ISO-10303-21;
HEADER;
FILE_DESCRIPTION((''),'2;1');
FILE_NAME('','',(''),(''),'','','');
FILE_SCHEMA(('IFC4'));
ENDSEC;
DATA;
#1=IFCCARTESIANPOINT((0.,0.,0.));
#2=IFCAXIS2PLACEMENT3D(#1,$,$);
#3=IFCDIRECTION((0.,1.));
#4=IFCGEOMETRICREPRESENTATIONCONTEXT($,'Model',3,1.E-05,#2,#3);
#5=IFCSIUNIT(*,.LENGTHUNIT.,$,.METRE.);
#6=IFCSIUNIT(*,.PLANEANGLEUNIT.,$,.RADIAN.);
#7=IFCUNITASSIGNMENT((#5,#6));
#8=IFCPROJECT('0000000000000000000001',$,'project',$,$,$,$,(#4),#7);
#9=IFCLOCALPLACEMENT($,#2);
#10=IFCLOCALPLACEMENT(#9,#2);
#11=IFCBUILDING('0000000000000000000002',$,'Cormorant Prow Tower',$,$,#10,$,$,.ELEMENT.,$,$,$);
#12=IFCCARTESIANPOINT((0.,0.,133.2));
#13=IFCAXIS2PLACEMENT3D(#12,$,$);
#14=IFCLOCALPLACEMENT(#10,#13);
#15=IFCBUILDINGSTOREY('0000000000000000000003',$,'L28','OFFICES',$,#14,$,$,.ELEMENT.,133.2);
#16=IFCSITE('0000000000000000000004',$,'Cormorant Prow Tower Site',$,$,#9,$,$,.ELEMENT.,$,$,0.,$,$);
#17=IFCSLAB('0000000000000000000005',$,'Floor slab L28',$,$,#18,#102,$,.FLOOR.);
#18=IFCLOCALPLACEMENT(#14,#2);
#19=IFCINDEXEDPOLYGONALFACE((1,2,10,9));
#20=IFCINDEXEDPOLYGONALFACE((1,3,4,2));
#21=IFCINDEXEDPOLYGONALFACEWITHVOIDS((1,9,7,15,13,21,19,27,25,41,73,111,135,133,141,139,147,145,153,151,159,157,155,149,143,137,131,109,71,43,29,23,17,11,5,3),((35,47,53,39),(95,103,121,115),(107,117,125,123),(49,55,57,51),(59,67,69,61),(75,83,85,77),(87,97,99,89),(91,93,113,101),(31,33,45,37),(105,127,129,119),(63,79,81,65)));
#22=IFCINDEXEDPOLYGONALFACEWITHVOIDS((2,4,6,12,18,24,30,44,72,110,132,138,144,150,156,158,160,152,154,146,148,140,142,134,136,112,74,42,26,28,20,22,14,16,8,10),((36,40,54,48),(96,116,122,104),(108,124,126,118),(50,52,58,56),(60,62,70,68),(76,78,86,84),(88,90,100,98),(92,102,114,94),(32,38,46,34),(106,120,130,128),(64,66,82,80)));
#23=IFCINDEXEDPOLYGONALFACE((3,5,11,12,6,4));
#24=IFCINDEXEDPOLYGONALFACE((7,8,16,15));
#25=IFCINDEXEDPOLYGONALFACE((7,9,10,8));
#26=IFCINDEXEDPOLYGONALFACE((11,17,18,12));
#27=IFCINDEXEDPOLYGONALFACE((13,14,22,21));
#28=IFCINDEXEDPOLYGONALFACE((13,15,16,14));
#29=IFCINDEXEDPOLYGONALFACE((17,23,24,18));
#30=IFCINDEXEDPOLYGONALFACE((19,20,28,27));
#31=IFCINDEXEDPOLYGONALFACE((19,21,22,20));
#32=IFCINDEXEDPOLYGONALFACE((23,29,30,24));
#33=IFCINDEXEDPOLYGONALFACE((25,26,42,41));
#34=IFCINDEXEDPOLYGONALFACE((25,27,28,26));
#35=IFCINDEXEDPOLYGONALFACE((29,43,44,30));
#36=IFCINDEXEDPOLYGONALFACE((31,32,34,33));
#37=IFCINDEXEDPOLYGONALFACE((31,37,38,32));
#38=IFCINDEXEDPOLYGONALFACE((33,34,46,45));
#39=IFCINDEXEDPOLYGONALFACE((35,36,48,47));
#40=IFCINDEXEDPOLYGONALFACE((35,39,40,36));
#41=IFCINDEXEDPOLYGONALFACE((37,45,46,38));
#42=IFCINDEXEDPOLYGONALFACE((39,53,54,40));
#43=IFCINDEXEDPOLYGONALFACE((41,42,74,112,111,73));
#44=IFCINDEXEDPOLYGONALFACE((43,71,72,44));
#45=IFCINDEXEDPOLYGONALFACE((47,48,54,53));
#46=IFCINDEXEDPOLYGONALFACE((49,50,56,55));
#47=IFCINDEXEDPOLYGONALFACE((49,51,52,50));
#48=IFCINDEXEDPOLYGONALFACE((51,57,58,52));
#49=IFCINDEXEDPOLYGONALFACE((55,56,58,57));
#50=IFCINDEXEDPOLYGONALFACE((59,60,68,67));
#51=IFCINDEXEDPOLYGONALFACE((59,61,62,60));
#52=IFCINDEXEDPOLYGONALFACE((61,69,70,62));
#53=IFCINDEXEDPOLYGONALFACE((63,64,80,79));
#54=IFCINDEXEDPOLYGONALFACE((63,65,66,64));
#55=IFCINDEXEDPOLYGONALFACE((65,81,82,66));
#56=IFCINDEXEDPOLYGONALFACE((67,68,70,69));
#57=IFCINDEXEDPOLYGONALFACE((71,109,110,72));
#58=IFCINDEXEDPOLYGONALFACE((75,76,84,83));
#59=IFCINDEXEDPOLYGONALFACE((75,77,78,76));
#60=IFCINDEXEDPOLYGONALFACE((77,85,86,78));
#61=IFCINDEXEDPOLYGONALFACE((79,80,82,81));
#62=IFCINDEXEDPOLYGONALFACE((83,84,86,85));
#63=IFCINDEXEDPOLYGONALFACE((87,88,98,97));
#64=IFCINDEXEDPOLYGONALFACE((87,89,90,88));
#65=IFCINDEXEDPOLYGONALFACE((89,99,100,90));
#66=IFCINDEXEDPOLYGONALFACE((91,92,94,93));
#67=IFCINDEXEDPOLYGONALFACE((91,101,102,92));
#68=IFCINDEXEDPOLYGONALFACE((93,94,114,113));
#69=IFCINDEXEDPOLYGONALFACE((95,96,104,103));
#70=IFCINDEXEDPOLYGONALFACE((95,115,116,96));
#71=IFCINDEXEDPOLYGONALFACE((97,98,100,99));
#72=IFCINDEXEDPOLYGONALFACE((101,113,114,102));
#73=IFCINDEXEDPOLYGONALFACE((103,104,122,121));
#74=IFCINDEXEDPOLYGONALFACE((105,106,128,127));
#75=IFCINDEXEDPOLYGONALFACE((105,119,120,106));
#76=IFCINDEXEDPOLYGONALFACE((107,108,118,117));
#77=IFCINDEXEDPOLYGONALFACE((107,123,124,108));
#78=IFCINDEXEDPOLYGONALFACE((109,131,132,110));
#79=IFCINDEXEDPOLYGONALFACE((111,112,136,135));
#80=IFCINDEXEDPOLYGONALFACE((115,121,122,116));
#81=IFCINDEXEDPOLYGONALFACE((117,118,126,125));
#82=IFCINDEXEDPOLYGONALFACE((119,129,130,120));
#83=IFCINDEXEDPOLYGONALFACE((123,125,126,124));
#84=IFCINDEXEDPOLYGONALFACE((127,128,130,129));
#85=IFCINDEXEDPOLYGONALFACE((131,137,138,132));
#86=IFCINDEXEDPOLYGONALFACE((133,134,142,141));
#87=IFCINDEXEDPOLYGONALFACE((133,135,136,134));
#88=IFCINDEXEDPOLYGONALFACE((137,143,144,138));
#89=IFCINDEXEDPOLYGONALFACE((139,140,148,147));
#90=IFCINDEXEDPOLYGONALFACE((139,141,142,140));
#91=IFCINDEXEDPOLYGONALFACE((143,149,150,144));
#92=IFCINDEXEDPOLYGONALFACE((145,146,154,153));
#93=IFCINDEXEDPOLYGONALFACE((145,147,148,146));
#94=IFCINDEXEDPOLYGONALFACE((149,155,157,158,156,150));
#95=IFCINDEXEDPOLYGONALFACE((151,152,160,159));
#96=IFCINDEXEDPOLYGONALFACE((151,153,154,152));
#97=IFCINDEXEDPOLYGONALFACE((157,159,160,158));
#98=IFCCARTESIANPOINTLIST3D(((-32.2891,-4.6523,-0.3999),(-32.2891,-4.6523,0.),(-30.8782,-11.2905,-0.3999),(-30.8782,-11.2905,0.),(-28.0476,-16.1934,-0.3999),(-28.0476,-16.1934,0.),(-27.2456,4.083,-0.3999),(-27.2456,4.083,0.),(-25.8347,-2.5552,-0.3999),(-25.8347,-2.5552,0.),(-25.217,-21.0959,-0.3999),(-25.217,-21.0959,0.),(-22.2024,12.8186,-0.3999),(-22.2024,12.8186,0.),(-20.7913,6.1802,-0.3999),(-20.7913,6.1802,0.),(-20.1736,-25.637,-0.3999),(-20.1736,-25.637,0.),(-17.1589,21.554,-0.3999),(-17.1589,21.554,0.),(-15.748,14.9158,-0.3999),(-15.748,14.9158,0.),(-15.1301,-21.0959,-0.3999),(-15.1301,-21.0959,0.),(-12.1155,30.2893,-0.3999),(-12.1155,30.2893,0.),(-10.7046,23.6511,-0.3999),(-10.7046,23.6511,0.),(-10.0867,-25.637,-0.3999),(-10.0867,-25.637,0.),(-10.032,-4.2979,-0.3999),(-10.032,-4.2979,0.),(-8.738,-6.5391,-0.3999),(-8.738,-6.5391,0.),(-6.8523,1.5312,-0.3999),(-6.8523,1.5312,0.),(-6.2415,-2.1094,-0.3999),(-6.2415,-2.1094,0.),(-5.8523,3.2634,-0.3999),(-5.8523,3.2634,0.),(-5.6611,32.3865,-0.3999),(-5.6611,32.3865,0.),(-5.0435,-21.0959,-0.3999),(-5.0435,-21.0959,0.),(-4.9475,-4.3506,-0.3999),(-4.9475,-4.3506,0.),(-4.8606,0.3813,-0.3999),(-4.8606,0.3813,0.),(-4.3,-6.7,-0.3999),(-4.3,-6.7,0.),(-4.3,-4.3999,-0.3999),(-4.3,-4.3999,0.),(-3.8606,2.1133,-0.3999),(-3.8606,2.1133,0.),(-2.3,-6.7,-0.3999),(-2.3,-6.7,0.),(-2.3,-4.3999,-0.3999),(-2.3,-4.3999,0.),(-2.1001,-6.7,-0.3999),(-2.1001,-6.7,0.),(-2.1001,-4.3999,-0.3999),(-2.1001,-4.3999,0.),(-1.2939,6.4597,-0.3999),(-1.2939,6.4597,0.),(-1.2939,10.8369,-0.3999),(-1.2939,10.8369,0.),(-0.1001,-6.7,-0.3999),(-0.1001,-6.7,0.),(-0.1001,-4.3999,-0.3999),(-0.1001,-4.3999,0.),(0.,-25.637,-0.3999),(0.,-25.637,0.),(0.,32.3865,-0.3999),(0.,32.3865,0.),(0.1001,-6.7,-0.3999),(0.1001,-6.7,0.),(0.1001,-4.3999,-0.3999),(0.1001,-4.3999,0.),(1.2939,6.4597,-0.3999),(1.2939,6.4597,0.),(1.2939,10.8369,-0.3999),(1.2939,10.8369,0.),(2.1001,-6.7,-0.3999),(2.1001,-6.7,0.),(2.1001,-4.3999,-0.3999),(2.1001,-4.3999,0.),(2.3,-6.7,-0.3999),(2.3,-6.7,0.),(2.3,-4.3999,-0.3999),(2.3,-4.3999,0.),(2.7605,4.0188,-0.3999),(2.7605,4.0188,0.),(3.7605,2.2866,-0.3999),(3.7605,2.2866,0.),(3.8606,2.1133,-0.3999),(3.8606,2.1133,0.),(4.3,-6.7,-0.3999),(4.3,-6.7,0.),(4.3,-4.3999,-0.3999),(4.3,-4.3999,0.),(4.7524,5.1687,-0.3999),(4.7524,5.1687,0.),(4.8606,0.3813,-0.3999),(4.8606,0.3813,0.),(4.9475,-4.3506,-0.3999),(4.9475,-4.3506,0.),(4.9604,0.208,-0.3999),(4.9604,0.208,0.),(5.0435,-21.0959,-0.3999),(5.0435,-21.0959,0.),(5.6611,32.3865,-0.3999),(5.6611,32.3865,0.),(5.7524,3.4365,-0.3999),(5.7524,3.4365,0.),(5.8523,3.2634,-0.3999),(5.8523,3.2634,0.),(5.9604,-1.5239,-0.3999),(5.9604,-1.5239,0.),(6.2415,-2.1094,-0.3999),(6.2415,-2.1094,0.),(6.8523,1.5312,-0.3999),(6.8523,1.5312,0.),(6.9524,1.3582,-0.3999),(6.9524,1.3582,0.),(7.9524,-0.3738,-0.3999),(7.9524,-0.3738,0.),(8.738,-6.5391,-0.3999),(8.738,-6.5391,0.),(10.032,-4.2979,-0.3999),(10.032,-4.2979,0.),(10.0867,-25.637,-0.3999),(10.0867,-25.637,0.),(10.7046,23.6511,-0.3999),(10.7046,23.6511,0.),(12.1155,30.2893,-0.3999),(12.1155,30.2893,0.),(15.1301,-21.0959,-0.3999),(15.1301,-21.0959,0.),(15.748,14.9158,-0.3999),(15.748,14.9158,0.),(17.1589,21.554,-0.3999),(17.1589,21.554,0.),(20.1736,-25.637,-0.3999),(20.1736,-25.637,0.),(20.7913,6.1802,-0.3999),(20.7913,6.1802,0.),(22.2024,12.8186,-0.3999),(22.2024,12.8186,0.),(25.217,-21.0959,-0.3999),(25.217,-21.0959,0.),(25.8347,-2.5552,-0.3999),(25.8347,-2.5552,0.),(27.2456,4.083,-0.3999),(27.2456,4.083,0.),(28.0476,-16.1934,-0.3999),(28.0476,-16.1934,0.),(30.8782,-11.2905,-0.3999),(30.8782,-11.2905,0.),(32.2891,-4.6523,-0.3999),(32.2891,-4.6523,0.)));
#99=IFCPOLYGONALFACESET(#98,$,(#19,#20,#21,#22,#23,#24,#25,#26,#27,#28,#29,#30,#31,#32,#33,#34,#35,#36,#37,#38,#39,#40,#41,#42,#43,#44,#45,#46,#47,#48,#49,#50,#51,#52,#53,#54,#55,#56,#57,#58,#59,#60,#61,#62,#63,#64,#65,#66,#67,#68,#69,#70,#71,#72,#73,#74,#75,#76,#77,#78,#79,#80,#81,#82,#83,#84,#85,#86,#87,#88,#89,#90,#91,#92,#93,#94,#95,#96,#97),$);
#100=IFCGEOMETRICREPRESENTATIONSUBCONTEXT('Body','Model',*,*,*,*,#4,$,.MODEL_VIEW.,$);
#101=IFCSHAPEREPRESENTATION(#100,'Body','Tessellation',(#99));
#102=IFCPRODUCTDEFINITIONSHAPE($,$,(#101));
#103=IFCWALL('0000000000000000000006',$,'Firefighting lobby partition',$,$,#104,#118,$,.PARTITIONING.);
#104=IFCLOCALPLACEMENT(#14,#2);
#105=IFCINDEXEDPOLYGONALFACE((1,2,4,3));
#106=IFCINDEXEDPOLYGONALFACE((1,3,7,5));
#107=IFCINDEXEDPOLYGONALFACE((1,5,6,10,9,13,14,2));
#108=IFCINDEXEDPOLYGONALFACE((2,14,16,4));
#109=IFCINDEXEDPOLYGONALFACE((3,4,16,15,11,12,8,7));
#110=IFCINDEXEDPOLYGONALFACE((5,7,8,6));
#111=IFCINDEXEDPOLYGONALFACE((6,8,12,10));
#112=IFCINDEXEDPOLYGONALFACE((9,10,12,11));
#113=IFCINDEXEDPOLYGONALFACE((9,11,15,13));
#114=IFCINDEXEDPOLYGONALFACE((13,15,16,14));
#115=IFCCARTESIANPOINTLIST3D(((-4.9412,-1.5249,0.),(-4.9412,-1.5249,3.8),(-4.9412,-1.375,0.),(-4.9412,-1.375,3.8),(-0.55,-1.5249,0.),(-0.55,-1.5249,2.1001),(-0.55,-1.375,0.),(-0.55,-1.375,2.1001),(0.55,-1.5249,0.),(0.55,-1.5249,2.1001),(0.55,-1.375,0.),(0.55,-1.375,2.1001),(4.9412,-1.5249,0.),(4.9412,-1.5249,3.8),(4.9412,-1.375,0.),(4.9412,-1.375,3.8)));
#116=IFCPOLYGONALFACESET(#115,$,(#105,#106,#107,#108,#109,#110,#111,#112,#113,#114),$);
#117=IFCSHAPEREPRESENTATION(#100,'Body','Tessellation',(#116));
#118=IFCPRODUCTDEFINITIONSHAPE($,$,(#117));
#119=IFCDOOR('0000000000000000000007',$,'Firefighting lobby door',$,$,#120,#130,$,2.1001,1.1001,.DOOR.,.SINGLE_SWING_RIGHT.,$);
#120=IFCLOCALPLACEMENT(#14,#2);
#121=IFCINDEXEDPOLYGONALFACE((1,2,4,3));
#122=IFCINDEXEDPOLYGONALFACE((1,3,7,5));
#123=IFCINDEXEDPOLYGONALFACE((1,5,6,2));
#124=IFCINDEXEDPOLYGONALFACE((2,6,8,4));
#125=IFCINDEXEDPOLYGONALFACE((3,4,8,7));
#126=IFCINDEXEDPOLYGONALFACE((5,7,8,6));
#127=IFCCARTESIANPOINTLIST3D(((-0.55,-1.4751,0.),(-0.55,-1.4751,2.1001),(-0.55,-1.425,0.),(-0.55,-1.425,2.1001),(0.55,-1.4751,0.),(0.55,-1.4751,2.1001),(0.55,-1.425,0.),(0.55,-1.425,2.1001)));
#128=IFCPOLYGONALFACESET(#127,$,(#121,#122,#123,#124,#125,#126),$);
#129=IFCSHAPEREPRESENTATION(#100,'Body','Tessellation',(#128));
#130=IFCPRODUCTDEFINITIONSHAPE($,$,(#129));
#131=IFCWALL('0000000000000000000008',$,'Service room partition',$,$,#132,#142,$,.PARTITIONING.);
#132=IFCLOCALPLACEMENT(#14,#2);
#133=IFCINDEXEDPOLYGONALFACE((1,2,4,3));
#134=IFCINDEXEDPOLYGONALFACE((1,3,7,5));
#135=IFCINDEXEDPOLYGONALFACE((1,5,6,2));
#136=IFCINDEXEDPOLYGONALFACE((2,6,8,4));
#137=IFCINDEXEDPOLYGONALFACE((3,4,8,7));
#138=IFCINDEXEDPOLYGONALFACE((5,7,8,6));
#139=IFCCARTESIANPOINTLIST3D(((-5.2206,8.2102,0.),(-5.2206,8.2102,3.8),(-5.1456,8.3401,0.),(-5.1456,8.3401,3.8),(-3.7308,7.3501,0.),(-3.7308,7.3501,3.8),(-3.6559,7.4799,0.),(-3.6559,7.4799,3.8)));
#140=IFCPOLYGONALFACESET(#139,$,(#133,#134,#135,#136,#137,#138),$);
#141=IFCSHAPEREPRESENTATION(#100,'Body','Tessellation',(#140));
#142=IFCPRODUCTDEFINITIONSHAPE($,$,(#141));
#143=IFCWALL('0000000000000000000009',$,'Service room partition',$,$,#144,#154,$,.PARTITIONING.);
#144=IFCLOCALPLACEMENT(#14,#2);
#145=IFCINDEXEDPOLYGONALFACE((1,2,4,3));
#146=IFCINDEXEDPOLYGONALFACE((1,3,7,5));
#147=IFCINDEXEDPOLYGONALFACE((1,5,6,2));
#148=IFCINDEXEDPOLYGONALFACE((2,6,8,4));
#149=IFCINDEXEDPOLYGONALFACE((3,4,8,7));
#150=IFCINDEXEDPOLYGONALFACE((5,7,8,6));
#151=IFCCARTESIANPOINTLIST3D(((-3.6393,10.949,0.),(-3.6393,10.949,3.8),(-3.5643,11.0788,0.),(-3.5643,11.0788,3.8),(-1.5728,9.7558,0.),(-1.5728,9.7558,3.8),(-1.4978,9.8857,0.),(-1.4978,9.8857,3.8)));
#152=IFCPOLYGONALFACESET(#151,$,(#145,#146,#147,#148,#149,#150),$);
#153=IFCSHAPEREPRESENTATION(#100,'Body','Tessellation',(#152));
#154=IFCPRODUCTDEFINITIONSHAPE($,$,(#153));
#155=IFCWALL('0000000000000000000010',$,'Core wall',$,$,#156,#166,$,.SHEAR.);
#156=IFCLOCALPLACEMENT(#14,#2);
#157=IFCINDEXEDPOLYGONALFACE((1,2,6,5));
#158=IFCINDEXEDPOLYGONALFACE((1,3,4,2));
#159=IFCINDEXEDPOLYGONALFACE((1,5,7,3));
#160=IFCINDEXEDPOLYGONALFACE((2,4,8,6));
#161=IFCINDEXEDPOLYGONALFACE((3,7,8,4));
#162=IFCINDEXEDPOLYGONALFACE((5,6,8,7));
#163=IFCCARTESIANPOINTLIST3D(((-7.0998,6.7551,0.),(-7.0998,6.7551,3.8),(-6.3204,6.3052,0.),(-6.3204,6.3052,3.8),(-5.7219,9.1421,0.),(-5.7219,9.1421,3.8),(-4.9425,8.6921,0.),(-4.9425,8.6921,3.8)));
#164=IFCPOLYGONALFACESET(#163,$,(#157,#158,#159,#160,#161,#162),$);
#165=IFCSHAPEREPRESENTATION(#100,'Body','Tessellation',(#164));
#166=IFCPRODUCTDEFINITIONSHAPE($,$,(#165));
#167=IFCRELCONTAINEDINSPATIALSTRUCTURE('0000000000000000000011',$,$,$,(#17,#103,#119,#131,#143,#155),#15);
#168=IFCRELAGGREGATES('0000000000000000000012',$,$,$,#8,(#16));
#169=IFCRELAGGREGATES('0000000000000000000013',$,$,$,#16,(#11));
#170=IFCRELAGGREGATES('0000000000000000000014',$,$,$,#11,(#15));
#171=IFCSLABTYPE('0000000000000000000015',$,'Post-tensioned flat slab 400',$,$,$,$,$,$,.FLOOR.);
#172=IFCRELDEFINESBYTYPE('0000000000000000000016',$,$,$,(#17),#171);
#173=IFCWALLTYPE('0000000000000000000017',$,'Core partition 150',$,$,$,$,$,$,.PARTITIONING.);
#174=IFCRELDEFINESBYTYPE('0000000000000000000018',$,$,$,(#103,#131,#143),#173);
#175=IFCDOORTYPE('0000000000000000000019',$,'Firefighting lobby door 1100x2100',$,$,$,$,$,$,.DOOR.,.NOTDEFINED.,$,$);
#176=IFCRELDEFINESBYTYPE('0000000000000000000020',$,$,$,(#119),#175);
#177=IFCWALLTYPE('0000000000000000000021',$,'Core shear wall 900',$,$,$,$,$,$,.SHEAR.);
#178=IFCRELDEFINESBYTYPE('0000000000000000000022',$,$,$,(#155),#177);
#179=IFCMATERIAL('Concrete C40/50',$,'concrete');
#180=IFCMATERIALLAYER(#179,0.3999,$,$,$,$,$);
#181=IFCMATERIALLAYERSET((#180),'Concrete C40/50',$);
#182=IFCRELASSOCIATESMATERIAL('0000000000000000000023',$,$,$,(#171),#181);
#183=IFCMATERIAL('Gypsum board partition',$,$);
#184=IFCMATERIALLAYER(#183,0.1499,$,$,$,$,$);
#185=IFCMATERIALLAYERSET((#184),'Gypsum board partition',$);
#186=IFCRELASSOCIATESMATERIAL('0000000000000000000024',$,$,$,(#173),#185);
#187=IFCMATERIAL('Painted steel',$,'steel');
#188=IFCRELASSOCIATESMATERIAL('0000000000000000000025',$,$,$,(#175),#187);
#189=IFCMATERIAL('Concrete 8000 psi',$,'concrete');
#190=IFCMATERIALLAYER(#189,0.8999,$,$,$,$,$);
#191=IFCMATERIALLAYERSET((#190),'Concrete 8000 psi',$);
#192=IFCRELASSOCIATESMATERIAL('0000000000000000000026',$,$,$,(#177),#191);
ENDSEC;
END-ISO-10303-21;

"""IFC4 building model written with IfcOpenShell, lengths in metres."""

from ifc_helpers import new_model, si_unit, direction, frame, frame_2d, origin, place, context, subcontext, project, spatial, polyline, rectangle, outline, extrude, material, layer, layer_set, type_object, element, fill, save


model = new_model("IFC4")

# Units and contexts
model_context = context("Model", 3, precision=1e-05, world=origin(), true_north=direction((0.0, 1.0)))
body_context = subcontext(model_context, "Body", "Model", "MODEL_VIEW")
ifc_project = project(units=[si_unit("LENGTHUNIT", "METRE"), si_unit("PLANEANGLEUNIT", "RADIAN")], contexts=[model_context])

# Site, building, storey
site_placement = place(None, origin())
site = spatial("IfcSite", under=ifc_project, at=site_placement, Name="Cormorant Prow Tower Site", CompositionType="ELEMENT", RefElevation=0.0)
building_placement = place(site_placement, origin())
building = spatial("IfcBuilding", under=site, at=building_placement, Name="Cormorant Prow Tower", CompositionType="ELEMENT")
storey_placement = place(building_placement, frame((0.0, 0.0, 133.2)))
storey = spatial("IfcBuildingStorey", under=building, at=storey_placement, Name="L28", Description="OFFICES", CompositionType="ELEMENT", Elevation=133.2)

# Slab
ifc_material_1 = material(Name="Concrete C40/50", Category="concrete")
ifc_layer_1 = layer(ifc_material_1, 0.3999)
ifc_layer_set_1 = layer_set([ifc_layer_1], Name="Concrete C40/50")
slab_type_1 = type_object("IfcSlabType", Name="Post-tensioned flat slab 400", PredefinedType="FLOOR", material=ifc_layer_set_1)
slab_1_placement = place(storey_placement, frame((0.0, 0.0, -0.3999)))
element("IfcSlab", 1, at=slab_1_placement, inside=storey, type_object=slab_type_1, Name="Floor slab L28", PredefinedType="FLOOR", context=body_context, shape_type="SweptSolid", body=[
    extrude(outline(polyline([(-12.1155, 30.2893), (-10.7046, 23.6511), (-17.1589, 21.554), (-15.748, 14.9158), (-22.2024, 12.8186), (-20.7913, 6.1802), (-27.2456, 4.083), (-25.8347, -2.5552), (-32.2891, -4.6523), (-30.8782, -11.2905), (-28.0476, -16.1934), (-25.217, -21.0959), (-20.1736, -25.637), (-15.1301, -21.0959), (-10.0867, -25.637), (-5.0435, -21.0959), (0.0, -25.637), (5.0435, -21.0959), (10.0867, -25.637), (15.1301, -21.0959), (20.1736, -25.637), (25.217, -21.0959), (28.0476, -16.1934), (30.8782, -11.2905), (32.2891, -4.6523), (25.8347, -2.5552), (27.2456, 4.083), (20.7913, 6.1802), (22.2024, 12.8186), (15.748, 14.9158), (17.1589, 21.554), (10.7046, 23.6511), (12.1155, 30.2893), (5.6611, 32.3865), (0.0, 32.3865), (-5.6611, 32.3865), (-12.1155, 30.2893)]), holes=[polyline([(-4.3, -6.7), (-4.3, -4.3999), (-2.3, -4.3999), (-2.3, -6.7), (-4.3, -6.7)]), polyline([(-2.1001, -4.3999), (-0.1001, -4.3999), (-0.1001, -6.7), (-2.1001, -6.7), (-2.1001, -4.3999)]), polyline([(2.1001, -4.3999), (2.1001, -6.7), (0.1001, -6.7), (0.1001, -4.3999), (2.1001, -4.3999)]), polyline([(4.3, -6.7), (2.3, -6.7), (2.3, -4.3999), (4.3, -4.3999), (4.3, -6.7)]), polyline([(7.9524, -0.3738), (5.9604, -1.5239), (4.9604, 0.208), (6.9524, 1.3582), (7.9524, -0.3738)]), polyline([(4.8606, 0.3813), (3.8606, 2.1133), (5.8523, 3.2634), (6.8523, 1.5312), (4.8606, 0.3813)]), polyline([(2.7605, 4.0188), (4.7524, 5.1687), (5.7524, 3.4365), (3.7605, 2.2866), (2.7605, 4.0188)]), polyline([(-6.8523, 1.5312), (-5.8523, 3.2634), (-3.8606, 2.1133), (-4.8606, 0.3813), (-6.8523, 1.5312)]), polyline([(-4.9475, -4.3506), (-8.738, -6.5391), (-10.032, -4.2979), (-6.2415, -2.1094), (-4.9475, -4.3506)]), polyline([(10.032, -4.2979), (8.738, -6.5391), (4.9475, -4.3506), (6.2415, -2.1094), (10.032, -4.2979)]), polyline([(1.2939, 10.8369), (1.2939, 6.4597), (-1.2939, 6.4597), (-1.2939, 10.8369), (1.2939, 10.8369)])]), origin(), (0.0, 0.0, 1.0), 0.3999),
])

# Wall, opening, door
ifc_material_2 = material(Name="Gypsum board partition")
ifc_layer_2 = layer(ifc_material_2, 0.1499)
ifc_layer_set_2 = layer_set([ifc_layer_2], Name="Gypsum board partition")
wall_type_1 = type_object("IfcWallType", Name="Core partition 150", PredefinedType="PARTITIONING", material=ifc_layer_set_2)
wall_1_placement = place(storey_placement, frame((-4.9412, -1.45, 0.0), z_axis=(0.0, 0.0, 1.0), x_axis=(1.0, 0.0, 0.0)))
wall_1 = element("IfcWall", 2, at=wall_1_placement, inside=storey, type_object=wall_type_1, Name="Firefighting lobby partition", PredefinedType="PARTITIONING", context=body_context, shape_type="SweptSolid", body=[
    extrude(rectangle(XDim=9.8823, YDim=0.1499, at=frame_2d((4.9412, 0.0))), origin(), (0.0, 0.0, 1.0), 3.8),
])
opening_1_placement = place(wall_1_placement, frame((4.3911, 0.0, 0.0)))
opening_1 = element("IfcOpeningElement", 3, at=opening_1_placement, cuts=wall_1, PredefinedType="OPENING", context=body_context, shape_type="SweptSolid", body=[
    extrude(rectangle(XDim=1.1001, YDim=2.1001, at=frame_2d((0.55, 1.05))), frame((0.0, 0.085, 0.0), z_axis=(0.0, -1.0, 0.0), x_axis=(1.0, 0.0, 0.0)), (0.0, 0.0, 1.0), 0.1699),
])
ifc_material_3 = material(Name="Painted steel", Category="steel")
door_type_1 = type_object("IfcDoorType", Name="Firefighting lobby door 1100x2100", OperationType="NOTDEFINED", PredefinedType="DOOR", material=ifc_material_3)
door_1_placement = place(opening_1_placement, origin())
door_1 = element("IfcDoor", 4, at=door_1_placement, inside=storey, type_object=door_type_1, Name="Firefighting lobby door", OperationType="SINGLE_SWING_RIGHT", OverallHeight=2.1001, OverallWidth=1.1001, PredefinedType="DOOR", context=body_context, shape_type="SweptSolid", body=[
    extrude(rectangle(XDim=1.1001, YDim=2.1001, at=frame_2d((0.55, 1.05))), frame((0.0, 0.0249, 0.0), z_axis=(0.0, -1.0, 0.0), x_axis=(1.0, 0.0, 0.0)), (0.0, 0.0, 1.0), 0.05),
])
fill(opening_1, door_1)

# Walls
wall_2_placement = place(storey_placement, frame((-3.6934, 7.415, 0.0), z_axis=(0.0, 0.0, 1.0), x_axis=(-0.866025, 0.500001, 0.0)))
element("IfcWall", 5, at=wall_2_placement, inside=storey, type_object=wall_type_1, Name="Service room partition", PredefinedType="PARTITIONING", context=body_context, shape_type="SweptSolid", body=[
    extrude(rectangle(XDim=1.7202, YDim=0.1499, at=frame_2d((0.8601, 0.0))), origin(), (0.0, 0.0, 1.0), 3.8),
])
wall_3_placement = place(storey_placement, frame((-3.6018, 11.0139, 0.0), z_axis=(0.0, 0.0, 1.0), x_axis=(0.866012, -0.500024, 0.0)))
element("IfcWall", 6, at=wall_3_placement, inside=storey, type_object=wall_type_1, Name="Service room partition", PredefinedType="PARTITIONING", context=body_context, shape_type="SweptSolid", body=[
    extrude(rectangle(XDim=2.3862, YDim=0.1499, at=frame_2d((1.1931, 0.0))), origin(), (0.0, 0.0, 1.0), 3.8),
])
ifc_material_4 = material(Name="Concrete 8000 psi", Category="concrete")
ifc_layer_3 = layer(ifc_material_4, 0.8999)
ifc_layer_set_3 = layer_set([ifc_layer_3], Name="Concrete 8000 psi")
wall_type_2 = type_object("IfcWallType", Name="Core shear wall 900", PredefinedType="SHEAR", material=ifc_layer_set_3)
wall_4_placement = place(storey_placement, frame((-5.3323, 8.917, 0.0), z_axis=(0.0, 0.0, 1.0), x_axis=(-0.49995, -0.866054, 0.0)))
element("IfcWall", 7, at=wall_4_placement, inside=storey, type_object=wall_type_2, Name="Core wall", PredefinedType="SHEAR", context=body_context, shape_type="SweptSolid", body=[
    extrude(rectangle(XDim=2.7561, YDim=0.8999, at=frame_2d((1.3779, 0.0))), origin(), (0.0, 0.0, 1.0), 3.8),
])

save(model, "model.ifc")
